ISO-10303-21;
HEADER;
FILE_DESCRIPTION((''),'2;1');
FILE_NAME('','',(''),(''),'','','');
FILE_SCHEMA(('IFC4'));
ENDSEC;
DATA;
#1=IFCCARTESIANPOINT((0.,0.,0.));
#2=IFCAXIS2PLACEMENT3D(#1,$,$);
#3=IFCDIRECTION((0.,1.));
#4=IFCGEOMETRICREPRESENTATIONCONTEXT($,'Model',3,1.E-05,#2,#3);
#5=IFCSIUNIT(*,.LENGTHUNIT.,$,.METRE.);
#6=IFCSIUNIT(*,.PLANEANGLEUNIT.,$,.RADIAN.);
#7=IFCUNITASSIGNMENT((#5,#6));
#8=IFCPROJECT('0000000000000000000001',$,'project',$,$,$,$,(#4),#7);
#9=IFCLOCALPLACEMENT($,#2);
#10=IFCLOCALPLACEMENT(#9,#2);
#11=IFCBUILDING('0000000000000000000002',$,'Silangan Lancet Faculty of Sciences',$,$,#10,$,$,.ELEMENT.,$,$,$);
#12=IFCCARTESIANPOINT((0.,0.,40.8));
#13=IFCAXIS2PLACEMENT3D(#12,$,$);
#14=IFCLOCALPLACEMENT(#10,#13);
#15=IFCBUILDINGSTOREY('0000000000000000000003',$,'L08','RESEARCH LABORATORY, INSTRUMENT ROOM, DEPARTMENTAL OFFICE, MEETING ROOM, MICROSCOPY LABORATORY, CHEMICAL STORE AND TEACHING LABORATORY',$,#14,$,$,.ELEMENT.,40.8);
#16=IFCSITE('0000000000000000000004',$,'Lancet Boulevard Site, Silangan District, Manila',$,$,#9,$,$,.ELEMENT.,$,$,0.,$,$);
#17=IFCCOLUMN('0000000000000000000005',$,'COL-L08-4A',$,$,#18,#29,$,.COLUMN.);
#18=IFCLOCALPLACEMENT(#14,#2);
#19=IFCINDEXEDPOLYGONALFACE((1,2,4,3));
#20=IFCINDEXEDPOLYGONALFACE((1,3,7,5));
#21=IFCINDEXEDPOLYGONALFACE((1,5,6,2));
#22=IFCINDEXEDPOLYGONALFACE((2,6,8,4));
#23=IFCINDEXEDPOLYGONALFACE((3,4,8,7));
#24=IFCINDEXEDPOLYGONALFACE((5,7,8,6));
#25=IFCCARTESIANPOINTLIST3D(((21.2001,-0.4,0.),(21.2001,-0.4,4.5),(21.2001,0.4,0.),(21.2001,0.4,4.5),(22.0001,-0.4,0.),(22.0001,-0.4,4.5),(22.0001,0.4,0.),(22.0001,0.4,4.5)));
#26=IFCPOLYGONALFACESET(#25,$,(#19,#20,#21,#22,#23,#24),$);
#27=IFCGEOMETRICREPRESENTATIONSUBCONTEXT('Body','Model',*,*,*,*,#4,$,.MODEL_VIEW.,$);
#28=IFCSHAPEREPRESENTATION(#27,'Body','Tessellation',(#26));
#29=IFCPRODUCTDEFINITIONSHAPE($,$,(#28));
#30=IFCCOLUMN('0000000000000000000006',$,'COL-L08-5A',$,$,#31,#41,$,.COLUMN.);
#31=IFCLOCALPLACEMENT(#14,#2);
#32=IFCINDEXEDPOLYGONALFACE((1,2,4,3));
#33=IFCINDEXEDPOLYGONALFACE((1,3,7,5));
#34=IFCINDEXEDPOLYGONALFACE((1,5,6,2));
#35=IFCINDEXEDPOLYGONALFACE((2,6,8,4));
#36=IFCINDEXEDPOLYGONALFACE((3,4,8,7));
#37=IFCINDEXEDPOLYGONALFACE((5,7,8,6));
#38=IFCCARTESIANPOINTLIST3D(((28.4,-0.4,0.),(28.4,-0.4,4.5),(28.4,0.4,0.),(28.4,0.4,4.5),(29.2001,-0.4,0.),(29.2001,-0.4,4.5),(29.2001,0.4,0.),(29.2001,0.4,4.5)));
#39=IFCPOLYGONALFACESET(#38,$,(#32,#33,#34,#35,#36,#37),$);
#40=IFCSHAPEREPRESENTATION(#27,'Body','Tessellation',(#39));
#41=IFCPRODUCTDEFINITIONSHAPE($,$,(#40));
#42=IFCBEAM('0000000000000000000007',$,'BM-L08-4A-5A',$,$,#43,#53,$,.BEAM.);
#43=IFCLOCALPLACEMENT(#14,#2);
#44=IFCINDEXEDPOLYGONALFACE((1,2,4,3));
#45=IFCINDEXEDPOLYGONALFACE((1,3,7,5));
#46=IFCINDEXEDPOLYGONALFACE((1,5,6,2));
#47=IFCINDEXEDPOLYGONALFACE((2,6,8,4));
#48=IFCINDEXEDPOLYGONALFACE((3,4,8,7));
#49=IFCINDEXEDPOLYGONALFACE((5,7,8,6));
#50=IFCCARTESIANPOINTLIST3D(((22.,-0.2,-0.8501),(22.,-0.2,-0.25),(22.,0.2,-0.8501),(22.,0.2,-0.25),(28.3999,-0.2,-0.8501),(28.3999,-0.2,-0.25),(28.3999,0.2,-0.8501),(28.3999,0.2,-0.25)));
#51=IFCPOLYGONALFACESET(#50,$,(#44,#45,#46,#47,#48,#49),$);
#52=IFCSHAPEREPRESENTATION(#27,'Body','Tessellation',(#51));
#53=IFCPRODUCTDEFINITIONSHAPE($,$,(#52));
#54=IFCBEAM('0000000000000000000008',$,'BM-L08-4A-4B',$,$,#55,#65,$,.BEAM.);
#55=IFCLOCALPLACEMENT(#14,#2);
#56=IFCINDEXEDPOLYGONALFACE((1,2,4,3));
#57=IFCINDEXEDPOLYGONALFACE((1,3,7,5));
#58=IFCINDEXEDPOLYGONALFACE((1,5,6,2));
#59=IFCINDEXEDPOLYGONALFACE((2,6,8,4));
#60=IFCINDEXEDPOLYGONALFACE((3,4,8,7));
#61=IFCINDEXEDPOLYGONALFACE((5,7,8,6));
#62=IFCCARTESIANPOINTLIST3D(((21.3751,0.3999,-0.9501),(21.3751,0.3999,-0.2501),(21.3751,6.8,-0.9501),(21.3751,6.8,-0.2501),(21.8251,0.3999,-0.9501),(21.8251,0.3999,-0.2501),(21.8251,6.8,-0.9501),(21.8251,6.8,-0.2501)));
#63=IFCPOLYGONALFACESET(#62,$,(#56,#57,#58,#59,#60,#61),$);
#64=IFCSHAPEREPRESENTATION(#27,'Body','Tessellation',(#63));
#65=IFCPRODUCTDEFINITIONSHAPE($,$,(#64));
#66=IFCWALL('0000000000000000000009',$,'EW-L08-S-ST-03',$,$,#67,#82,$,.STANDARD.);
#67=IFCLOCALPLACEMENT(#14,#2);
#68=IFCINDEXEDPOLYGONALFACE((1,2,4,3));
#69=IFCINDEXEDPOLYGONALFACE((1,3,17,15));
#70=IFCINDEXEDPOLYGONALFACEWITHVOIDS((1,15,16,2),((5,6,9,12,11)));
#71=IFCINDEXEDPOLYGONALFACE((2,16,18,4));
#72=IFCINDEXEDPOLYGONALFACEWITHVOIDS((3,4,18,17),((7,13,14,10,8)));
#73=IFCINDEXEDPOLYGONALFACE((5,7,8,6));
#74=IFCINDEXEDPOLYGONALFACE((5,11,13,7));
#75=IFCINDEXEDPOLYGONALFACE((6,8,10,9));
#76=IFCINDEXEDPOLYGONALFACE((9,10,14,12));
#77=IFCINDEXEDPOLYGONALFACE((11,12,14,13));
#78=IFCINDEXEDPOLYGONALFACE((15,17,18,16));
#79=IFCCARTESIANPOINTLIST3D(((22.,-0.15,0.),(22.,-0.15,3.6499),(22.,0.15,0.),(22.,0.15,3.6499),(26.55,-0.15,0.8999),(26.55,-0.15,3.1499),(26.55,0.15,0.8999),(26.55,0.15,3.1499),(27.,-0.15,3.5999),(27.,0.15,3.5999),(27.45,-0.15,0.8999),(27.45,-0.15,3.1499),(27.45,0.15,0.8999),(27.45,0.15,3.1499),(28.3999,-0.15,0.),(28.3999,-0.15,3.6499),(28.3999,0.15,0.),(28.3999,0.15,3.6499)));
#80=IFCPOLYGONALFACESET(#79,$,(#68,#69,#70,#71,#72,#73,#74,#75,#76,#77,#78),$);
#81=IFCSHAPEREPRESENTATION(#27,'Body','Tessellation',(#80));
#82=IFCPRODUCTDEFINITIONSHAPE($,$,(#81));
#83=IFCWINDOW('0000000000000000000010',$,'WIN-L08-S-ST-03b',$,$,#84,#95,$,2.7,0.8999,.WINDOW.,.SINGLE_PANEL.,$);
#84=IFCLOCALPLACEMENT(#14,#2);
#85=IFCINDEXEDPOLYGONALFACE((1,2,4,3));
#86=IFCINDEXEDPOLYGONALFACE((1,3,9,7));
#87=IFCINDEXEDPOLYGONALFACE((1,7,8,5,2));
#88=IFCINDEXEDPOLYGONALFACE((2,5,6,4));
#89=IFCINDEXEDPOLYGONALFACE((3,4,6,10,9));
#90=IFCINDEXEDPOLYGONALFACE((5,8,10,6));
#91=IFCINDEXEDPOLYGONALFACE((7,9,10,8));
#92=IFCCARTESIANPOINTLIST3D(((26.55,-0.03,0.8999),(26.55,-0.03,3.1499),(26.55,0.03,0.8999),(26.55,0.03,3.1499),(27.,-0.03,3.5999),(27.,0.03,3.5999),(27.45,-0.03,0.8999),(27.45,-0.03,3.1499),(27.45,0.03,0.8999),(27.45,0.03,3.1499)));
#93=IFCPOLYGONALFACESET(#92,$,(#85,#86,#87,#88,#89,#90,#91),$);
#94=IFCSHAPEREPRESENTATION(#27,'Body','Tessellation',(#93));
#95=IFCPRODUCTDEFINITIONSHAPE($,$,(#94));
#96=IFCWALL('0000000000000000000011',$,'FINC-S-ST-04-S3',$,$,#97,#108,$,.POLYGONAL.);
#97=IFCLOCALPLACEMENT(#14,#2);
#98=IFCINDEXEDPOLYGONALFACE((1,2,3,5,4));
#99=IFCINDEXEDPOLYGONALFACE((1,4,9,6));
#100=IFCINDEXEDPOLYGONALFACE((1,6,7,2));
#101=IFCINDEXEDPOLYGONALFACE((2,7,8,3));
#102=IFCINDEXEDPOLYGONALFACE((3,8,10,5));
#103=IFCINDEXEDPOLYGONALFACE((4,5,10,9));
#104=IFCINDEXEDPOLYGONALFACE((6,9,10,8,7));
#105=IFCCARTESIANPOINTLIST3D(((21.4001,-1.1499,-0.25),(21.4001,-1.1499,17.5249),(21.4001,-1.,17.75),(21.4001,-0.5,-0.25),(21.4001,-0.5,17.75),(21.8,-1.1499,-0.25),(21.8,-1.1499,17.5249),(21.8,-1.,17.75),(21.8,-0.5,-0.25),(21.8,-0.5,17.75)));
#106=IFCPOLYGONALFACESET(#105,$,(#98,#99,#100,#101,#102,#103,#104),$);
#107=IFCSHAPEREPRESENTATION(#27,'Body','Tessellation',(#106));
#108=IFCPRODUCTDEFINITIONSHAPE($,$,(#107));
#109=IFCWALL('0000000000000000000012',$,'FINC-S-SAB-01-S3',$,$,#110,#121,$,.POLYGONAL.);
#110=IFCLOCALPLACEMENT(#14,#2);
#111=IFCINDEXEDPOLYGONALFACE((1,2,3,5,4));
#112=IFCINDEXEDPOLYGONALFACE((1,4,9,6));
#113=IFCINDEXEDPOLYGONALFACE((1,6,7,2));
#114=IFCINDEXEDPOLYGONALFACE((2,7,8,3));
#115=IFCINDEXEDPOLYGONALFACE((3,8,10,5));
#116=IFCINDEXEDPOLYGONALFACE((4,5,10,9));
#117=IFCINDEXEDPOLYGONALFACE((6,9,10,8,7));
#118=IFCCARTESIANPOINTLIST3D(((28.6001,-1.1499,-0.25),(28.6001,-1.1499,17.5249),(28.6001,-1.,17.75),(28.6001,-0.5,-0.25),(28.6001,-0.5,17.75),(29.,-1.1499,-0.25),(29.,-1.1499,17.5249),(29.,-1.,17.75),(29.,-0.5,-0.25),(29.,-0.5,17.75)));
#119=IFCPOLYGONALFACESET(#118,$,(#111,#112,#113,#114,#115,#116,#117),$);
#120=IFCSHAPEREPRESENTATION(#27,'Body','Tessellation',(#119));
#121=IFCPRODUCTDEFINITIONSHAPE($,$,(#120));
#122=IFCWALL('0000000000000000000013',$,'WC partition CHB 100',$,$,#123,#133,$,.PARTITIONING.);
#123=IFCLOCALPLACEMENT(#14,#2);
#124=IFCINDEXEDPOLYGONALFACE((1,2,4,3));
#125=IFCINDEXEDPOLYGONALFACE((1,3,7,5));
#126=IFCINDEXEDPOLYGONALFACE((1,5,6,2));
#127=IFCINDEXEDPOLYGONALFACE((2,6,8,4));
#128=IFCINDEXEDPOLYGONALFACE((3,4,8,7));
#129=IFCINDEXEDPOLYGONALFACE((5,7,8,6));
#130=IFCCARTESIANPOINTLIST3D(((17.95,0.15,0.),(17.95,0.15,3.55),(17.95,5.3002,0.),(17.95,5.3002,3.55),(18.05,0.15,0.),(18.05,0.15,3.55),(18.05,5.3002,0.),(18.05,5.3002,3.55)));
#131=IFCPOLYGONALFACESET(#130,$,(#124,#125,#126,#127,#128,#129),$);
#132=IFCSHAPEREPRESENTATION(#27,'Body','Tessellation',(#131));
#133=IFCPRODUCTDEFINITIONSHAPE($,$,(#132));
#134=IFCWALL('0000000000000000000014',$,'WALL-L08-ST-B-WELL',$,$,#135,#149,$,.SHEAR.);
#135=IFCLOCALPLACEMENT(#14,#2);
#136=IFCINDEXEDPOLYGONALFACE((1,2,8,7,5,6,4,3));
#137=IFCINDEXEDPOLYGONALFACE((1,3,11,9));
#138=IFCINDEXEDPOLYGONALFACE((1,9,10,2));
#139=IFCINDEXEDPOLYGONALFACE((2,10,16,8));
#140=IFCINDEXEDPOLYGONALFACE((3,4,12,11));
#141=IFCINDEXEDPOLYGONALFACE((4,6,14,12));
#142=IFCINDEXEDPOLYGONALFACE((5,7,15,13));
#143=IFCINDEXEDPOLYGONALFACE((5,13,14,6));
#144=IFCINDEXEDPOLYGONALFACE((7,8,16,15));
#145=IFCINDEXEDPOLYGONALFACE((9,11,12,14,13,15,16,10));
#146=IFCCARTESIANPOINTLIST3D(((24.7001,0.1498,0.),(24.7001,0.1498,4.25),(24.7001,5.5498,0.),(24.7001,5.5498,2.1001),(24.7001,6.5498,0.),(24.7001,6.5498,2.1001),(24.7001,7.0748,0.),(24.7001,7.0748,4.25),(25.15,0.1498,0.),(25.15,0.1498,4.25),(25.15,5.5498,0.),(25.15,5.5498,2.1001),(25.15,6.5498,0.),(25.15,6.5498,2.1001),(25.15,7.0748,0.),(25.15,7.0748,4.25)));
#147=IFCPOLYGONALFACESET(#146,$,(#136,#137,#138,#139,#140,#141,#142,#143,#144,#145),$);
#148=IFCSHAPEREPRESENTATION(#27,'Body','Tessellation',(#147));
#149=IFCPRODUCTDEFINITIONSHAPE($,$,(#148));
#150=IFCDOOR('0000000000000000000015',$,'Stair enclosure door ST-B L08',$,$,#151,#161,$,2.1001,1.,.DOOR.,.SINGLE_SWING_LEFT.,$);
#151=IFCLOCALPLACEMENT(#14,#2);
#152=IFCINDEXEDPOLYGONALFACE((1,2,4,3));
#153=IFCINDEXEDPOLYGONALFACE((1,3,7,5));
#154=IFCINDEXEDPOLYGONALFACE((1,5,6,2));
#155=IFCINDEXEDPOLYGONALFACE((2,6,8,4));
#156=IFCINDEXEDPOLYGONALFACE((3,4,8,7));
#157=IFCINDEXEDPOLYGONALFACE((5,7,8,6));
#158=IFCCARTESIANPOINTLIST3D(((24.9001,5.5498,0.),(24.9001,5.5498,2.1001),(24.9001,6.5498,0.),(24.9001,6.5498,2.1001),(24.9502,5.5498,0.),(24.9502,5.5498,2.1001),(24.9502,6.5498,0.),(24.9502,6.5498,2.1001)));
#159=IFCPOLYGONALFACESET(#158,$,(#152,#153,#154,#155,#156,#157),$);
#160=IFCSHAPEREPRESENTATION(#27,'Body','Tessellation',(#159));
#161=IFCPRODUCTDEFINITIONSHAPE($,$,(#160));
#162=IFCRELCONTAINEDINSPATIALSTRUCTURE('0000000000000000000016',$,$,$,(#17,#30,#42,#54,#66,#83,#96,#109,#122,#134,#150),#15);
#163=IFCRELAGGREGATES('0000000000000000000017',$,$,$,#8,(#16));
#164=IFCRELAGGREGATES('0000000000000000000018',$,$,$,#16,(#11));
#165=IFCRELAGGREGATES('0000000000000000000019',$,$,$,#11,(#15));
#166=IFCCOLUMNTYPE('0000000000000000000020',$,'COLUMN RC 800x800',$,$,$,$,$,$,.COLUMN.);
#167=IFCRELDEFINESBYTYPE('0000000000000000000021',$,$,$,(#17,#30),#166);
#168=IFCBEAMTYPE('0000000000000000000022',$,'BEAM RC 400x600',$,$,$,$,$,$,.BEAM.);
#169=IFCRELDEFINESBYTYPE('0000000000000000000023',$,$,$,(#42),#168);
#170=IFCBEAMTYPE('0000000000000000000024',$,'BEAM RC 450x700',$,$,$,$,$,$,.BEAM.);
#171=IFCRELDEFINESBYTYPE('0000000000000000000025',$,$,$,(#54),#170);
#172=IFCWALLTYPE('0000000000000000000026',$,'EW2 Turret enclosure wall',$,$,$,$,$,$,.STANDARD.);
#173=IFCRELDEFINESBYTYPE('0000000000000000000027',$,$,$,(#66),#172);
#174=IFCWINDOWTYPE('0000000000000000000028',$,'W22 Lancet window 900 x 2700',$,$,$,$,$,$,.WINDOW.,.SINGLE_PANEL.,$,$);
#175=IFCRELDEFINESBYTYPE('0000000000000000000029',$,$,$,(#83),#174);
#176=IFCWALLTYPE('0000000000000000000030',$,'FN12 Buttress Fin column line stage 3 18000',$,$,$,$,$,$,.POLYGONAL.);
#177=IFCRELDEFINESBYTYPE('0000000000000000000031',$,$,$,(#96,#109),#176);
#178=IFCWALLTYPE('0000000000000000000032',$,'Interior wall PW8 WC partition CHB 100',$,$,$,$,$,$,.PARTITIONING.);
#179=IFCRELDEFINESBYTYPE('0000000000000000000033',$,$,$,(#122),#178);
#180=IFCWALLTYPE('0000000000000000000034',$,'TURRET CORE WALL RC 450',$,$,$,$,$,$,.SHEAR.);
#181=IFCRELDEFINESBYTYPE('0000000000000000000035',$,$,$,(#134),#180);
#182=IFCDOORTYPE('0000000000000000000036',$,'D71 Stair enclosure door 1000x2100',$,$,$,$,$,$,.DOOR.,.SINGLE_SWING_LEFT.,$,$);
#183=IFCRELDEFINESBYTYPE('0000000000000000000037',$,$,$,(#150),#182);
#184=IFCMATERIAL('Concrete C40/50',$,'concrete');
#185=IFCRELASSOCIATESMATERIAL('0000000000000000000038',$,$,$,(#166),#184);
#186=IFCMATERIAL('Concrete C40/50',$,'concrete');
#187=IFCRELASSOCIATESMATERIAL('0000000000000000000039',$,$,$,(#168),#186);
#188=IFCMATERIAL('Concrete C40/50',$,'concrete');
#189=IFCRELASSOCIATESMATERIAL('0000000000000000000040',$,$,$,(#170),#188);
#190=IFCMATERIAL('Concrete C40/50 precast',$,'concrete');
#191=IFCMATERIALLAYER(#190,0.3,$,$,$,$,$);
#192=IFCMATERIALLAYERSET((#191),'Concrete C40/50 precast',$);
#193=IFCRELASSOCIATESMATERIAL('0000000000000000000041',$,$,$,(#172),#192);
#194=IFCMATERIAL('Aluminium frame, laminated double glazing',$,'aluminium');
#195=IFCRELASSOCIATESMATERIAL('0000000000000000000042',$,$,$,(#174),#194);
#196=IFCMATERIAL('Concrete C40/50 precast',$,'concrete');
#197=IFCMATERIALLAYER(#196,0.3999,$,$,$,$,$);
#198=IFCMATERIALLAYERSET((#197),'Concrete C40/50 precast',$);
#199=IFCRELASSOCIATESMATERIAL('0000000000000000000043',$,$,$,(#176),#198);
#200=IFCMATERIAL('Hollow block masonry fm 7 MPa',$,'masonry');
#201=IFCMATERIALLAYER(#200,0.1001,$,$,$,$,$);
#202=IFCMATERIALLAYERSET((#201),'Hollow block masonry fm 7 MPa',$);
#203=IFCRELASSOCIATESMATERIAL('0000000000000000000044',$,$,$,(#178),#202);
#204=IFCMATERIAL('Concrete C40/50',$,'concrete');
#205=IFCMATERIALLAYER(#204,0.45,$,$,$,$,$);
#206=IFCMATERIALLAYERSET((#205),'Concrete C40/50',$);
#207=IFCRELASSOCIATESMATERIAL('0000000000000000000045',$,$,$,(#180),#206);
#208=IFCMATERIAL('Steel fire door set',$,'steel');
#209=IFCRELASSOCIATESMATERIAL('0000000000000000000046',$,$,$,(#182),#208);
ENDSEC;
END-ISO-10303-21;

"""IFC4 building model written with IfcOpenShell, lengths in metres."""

from ifc_helpers import new_model, si_unit, direction, frame, frame_2d, origin, origin_2d, place, context, subcontext, project, spatial, polyline, rectangle, outline, extrude, material, layer, layer_set, material_profile, profile_set, type_object, element, fill, save


model = new_model("IFC4")

# Units and contexts
model_context = context("Model", 3, precision=1e-05, world=origin(), true_north=direction((0.0, 1.0)))
body_context = subcontext(model_context, "Body", "Model", "MODEL_VIEW")
ifc_project = project(units=[si_unit("LENGTHUNIT", "METRE"), si_unit("PLANEANGLEUNIT", "RADIAN")], contexts=[model_context])

# Site, building, storey
site_placement = place(None, origin())
site = spatial("IfcSite", under=ifc_project, at=site_placement, Name="Lancet Boulevard Site, Silangan District, Manila", CompositionType="ELEMENT", RefElevation=0.0)
building_placement = place(site_placement, origin())
building = spatial("IfcBuilding", under=site, at=building_placement, Name="Silangan Lancet Faculty of Sciences", CompositionType="ELEMENT")
storey_placement = place(building_placement, frame((0.0, 0.0, 40.8)))
storey = spatial("IfcBuildingStorey", under=building, at=storey_placement, Name="L08", Description="RESEARCH LABORATORY, INSTRUMENT ROOM, DEPARTMENTAL OFFICE, MEETING ROOM, MICROSCOPY LABORATORY, CHEMICAL STORE AND TEACHING LABORATORY", CompositionType="ELEMENT", Elevation=40.8)

# Columns
ifc_material_1 = material(Name="Concrete C40/50", Category="concrete")
ifc_material_profile_1 = material_profile(ifc_material_1, rectangle(XDim=0.8, YDim=0.8, at=origin_2d()), Name="RC 800x800")
ifc_profile_set_1 = profile_set([ifc_material_profile_1], Name="Concrete C40/50")
column_type = type_object("IfcColumnType", Name="COLUMN RC 800x800", PredefinedType="COLUMN", material=ifc_profile_set_1)
for number, where, z_axis, x_axis, name in (
    (1, (21.6001, 0.0, 0.0), (0.0, 0.0, 1.0), (1.0, 0.0, 0.0), "COL-L08-4A"),
    (2, (28.8, 0.0, 0.0), (0.0, 0.0, 1.0), (1.0, 0.0, 0.0), "COL-L08-5A"),
):
    element("IfcColumn", number, at=place(storey_placement, frame(where, z_axis=z_axis, x_axis=x_axis)), inside=storey, type_object=column_type, Name=name, PredefinedType="COLUMN", context=body_context, shape_type="SweptSolid", body=[
        extrude(rectangle(XDim=0.8, YDim=0.8, at=origin_2d()), origin(), (0.0, 0.0, 1.0), 4.5),
    ])

# Beams
ifc_material_2 = material(Name="Concrete C40/50", Category="concrete")
ifc_material_profile_2 = material_profile(ifc_material_2, rectangle(XDim=0.3999, YDim=0.6001, at=origin_2d()), Name="RC 400x600")
ifc_profile_set_2 = profile_set([ifc_material_profile_2], Name="Concrete C40/50")
beam_type_1 = type_object("IfcBeamType", Name="BEAM RC 400x600", PredefinedType="BEAM", material=ifc_profile_set_2)
beam_1_placement = place(storey_placement, frame((22.0, 0.0, -0.55), z_axis=(1.0, 0.0, 0.0), x_axis=(0.0, 1.0, 0.0)))
element("IfcBeam", 3, at=beam_1_placement, inside=storey, type_object=beam_type_1, Name="BM-L08-4A-5A", PredefinedType="BEAM", context=body_context, shape_type="SweptSolid", body=[
    extrude(rectangle(XDim=0.3999, YDim=0.6001, at=origin_2d()), origin(), (0.0, 0.0, 1.0), 6.3999),
])
ifc_material_3 = material(Name="Concrete C40/50", Category="concrete")
ifc_material_profile_3 = material_profile(ifc_material_3, rectangle(XDim=0.45, YDim=0.7, at=origin_2d()), Name="RC 450x700")
ifc_profile_set_3 = profile_set([ifc_material_profile_3], Name="Concrete C40/50")
beam_type_2 = type_object("IfcBeamType", Name="BEAM RC 450x700", PredefinedType="BEAM", material=ifc_profile_set_3)
beam_2_placement = place(storey_placement, frame((21.6001, 0.3999, -0.6001), z_axis=(0.0, 1.0, 0.0), x_axis=(-1.0, 0.0, 0.0)))
element("IfcBeam", 4, at=beam_2_placement, inside=storey, type_object=beam_type_2, Name="BM-L08-4A-4B", PredefinedType="BEAM", context=body_context, shape_type="SweptSolid", body=[
    extrude(rectangle(XDim=0.45, YDim=0.7, at=origin_2d()), origin(), (0.0, 0.0, 1.0), 6.4001),
])

# Wall, opening, window
ifc_material_4 = material(Name="Concrete C40/50 precast", Category="concrete")
ifc_layer_1 = layer(ifc_material_4, 0.3)
ifc_layer_set_1 = layer_set([ifc_layer_1], Name="Concrete C40/50 precast")
wall_type_1 = type_object("IfcWallType", Name="EW2 Turret enclosure wall", PredefinedType="STANDARD", material=ifc_layer_set_1)
wall_1_placement = place(storey_placement, frame((22.0, 0.0, 0.0), z_axis=(0.0, 0.0, 1.0), x_axis=(1.0, 0.0, 0.0)))
wall_1 = element("IfcWall", 5, at=wall_1_placement, inside=storey, type_object=wall_type_1, Name="EW-L08-S-ST-03", PredefinedType="STANDARD", context=body_context, shape_type="SweptSolid", body=[
    extrude(rectangle(XDim=6.3999, YDim=0.3, at=frame_2d((3.2, 0.0))), origin(), (0.0, 0.0, 1.0), 3.6499),
])
opening_1_placement = place(wall_1_placement, frame((4.55, 0.0, 0.8999)))
opening_1 = element("IfcOpeningElement", 6, at=opening_1_placement, cuts=wall_1, PredefinedType="OPENING", context=body_context, shape_type="SweptSolid", body=[
    extrude(outline(polyline([(0.0, 0.0), (0.8999, 0.0), (0.8999, 2.25), (0.45, 2.7), (0.0, 2.25), (0.0, 0.0)])), frame((0.0, 0.1599, 0.0), z_axis=(0.0, -1.0, 0.0), x_axis=(1.0, 0.0, 0.0)), (0.0, 0.0, 1.0), 0.3201),
])
ifc_material_5 = material(Name="Aluminium frame, laminated double glazing", Category="aluminium")
window_type = type_object("IfcWindowType", Name="W22 Lancet window 900 x 2700", PartitioningType="SINGLE_PANEL", PredefinedType="WINDOW", material=ifc_material_5)
window_placement = place(opening_1_placement, origin())
window = element("IfcWindow", 7, at=window_placement, inside=storey, type_object=window_type, Name="WIN-L08-S-ST-03b", OverallHeight=2.7, OverallWidth=0.8999, PartitioningType="SINGLE_PANEL", PredefinedType="WINDOW", context=body_context, shape_type="SweptSolid", body=[
    extrude(outline(polyline([(0.0, 0.0), (0.8999, 0.0), (0.8999, 2.25), (0.45, 2.7), (0.0, 2.25), (0.0, 0.0)])), frame((0.0, 0.03, 0.0), z_axis=(0.0, -1.0, 0.0), x_axis=(1.0, 0.0, 0.0)), (0.0, 0.0, 1.0), 0.0601),
])
fill(opening_1, window)

# Walls
ifc_material_6 = material(Name="Concrete C40/50 precast", Category="concrete")
ifc_layer_2 = layer(ifc_material_6, 0.3999)
ifc_layer_set_2 = layer_set([ifc_layer_2], Name="Concrete C40/50 precast")
wall_type_2 = type_object("IfcWallType", Name="FN12 Buttress Fin column line stage 3 18000", PredefinedType="POLYGONAL", material=ifc_layer_set_2)
for number, where, z_axis, x_axis, name in (
    (8, (21.6001, -0.5, -0.25), (0.0, 0.0, 1.0), (0.0, -1.0, 0.0), "FINC-S-ST-04-S3"),
    (9, (28.8, -0.5, -0.25), (0.0, 0.0, 1.0), (0.0, -1.0, 0.0), "FINC-S-SAB-01-S3"),
):
    element("IfcWall", number, at=place(storey_placement, frame(where, z_axis=z_axis, x_axis=x_axis)), inside=storey, type_object=wall_type_2, Name=name, PredefinedType="POLYGONAL", context=body_context, shape_type="SweptSolid", body=[
        extrude(outline(polyline([(0.6499, 0.0), (0.6499, 17.7749), (0.5, 18.0), (0.0, 18.0), (0.0, 0.0), (0.6499, 0.0)])), frame((0.0, 0.2, 0.0), z_axis=(0.0, -1.0, 0.0), x_axis=(1.0, 0.0, 0.0)), (0.0, 0.0, 1.0), 0.3999),
    ])
ifc_material_7 = material(Name="Hollow block masonry fm 7 MPa", Category="masonry")
ifc_layer_3 = layer(ifc_material_7, 0.1001)
ifc_layer_set_3 = layer_set([ifc_layer_3], Name="Hollow block masonry fm 7 MPa")
wall_type_3 = type_object("IfcWallType", Name="Interior wall PW8 WC partition CHB 100", PredefinedType="PARTITIONING", material=ifc_layer_set_3)
wall_2_placement = place(storey_placement, frame((18.0, 0.1499, 0.0), z_axis=(0.0, 0.0, 1.0), x_axis=(0.0, 1.0, 0.0)))
element("IfcWall", 10, at=wall_2_placement, inside=storey, type_object=wall_type_3, Name="WC partition CHB 100", PredefinedType="PARTITIONING", context=body_context, shape_type="SweptSolid", body=[
    extrude(rectangle(XDim=5.1501, YDim=0.1001, at=frame_2d((2.5752, 0.0))), origin(), (0.0, 0.0, 1.0), 3.55),
])

# Wall, opening, door
ifc_material_8 = material(Name="Concrete C40/50", Category="concrete")
ifc_layer_4 = layer(ifc_material_8, 0.45)
ifc_layer_set_4 = layer_set([ifc_layer_4], Name="Concrete C40/50")
wall_type_4 = type_object("IfcWallType", Name="TURRET CORE WALL RC 450", PredefinedType="SHEAR", material=ifc_layer_set_4)
wall_3_placement = place(storey_placement, frame((24.925, 0.1499, 0.0), z_axis=(0.0, 0.0, 1.0), x_axis=(0.0, 1.0, 0.0)))
wall_3 = element("IfcWall", 11, at=wall_3_placement, inside=storey, type_object=wall_type_4, Name="WALL-L08-ST-B-WELL", PredefinedType="SHEAR", context=body_context, shape_type="SweptSolid", body=[
    extrude(rectangle(XDim=6.925, YDim=0.45, at=frame_2d((3.4624, 0.0))), origin(), (0.0, 0.0, 1.0), 4.25),
])
opening_2_placement = place(wall_3_placement, frame((5.3999, 0.0, 0.0)))
opening_2 = element("IfcOpeningElement", 12, at=opening_2_placement, cuts=wall_3, PredefinedType="OPENING", context=body_context, shape_type="SweptSolid", body=[
    extrude(rectangle(XDim=1.0, YDim=2.1001, at=frame_2d((0.5, 1.05))), frame((0.0, 0.2349, 0.0), z_axis=(0.0, -1.0, 0.0), x_axis=(1.0, 0.0, 0.0)), (0.0, 0.0, 1.0), 0.47),
])
ifc_material_9 = material(Name="Steel fire door set", Category="steel")
door_type_1 = type_object("IfcDoorType", Name="D71 Stair enclosure door 1000x2100", OperationType="SINGLE_SWING_LEFT", PredefinedType="DOOR", material=ifc_material_9)
door_1_placement = place(opening_2_placement, frame((1.0, 0.0, 0.0), z_axis=(0.0, 0.0, 1.0), x_axis=(-1.0, 0.0, 0.0)))
door_1 = element("IfcDoor", 13, at=door_1_placement, inside=storey, type_object=door_type_1, Name="Stair enclosure door ST-B L08", OperationType="SINGLE_SWING_LEFT", OverallHeight=2.1001, OverallWidth=1.0, PredefinedType="DOOR", context=body_context, shape_type="SweptSolid", body=[
    extrude(rectangle(XDim=1.0, YDim=2.1001, at=frame_2d((0.5, 1.05))), frame((0.0, 0.0251, 0.0), z_axis=(0.0, -1.0, 0.0), x_axis=(1.0, 0.0, 0.0)), (0.0, 0.0, 1.0), 0.05),
])
fill(opening_2, door_1)

save(model, "model.ifc")
